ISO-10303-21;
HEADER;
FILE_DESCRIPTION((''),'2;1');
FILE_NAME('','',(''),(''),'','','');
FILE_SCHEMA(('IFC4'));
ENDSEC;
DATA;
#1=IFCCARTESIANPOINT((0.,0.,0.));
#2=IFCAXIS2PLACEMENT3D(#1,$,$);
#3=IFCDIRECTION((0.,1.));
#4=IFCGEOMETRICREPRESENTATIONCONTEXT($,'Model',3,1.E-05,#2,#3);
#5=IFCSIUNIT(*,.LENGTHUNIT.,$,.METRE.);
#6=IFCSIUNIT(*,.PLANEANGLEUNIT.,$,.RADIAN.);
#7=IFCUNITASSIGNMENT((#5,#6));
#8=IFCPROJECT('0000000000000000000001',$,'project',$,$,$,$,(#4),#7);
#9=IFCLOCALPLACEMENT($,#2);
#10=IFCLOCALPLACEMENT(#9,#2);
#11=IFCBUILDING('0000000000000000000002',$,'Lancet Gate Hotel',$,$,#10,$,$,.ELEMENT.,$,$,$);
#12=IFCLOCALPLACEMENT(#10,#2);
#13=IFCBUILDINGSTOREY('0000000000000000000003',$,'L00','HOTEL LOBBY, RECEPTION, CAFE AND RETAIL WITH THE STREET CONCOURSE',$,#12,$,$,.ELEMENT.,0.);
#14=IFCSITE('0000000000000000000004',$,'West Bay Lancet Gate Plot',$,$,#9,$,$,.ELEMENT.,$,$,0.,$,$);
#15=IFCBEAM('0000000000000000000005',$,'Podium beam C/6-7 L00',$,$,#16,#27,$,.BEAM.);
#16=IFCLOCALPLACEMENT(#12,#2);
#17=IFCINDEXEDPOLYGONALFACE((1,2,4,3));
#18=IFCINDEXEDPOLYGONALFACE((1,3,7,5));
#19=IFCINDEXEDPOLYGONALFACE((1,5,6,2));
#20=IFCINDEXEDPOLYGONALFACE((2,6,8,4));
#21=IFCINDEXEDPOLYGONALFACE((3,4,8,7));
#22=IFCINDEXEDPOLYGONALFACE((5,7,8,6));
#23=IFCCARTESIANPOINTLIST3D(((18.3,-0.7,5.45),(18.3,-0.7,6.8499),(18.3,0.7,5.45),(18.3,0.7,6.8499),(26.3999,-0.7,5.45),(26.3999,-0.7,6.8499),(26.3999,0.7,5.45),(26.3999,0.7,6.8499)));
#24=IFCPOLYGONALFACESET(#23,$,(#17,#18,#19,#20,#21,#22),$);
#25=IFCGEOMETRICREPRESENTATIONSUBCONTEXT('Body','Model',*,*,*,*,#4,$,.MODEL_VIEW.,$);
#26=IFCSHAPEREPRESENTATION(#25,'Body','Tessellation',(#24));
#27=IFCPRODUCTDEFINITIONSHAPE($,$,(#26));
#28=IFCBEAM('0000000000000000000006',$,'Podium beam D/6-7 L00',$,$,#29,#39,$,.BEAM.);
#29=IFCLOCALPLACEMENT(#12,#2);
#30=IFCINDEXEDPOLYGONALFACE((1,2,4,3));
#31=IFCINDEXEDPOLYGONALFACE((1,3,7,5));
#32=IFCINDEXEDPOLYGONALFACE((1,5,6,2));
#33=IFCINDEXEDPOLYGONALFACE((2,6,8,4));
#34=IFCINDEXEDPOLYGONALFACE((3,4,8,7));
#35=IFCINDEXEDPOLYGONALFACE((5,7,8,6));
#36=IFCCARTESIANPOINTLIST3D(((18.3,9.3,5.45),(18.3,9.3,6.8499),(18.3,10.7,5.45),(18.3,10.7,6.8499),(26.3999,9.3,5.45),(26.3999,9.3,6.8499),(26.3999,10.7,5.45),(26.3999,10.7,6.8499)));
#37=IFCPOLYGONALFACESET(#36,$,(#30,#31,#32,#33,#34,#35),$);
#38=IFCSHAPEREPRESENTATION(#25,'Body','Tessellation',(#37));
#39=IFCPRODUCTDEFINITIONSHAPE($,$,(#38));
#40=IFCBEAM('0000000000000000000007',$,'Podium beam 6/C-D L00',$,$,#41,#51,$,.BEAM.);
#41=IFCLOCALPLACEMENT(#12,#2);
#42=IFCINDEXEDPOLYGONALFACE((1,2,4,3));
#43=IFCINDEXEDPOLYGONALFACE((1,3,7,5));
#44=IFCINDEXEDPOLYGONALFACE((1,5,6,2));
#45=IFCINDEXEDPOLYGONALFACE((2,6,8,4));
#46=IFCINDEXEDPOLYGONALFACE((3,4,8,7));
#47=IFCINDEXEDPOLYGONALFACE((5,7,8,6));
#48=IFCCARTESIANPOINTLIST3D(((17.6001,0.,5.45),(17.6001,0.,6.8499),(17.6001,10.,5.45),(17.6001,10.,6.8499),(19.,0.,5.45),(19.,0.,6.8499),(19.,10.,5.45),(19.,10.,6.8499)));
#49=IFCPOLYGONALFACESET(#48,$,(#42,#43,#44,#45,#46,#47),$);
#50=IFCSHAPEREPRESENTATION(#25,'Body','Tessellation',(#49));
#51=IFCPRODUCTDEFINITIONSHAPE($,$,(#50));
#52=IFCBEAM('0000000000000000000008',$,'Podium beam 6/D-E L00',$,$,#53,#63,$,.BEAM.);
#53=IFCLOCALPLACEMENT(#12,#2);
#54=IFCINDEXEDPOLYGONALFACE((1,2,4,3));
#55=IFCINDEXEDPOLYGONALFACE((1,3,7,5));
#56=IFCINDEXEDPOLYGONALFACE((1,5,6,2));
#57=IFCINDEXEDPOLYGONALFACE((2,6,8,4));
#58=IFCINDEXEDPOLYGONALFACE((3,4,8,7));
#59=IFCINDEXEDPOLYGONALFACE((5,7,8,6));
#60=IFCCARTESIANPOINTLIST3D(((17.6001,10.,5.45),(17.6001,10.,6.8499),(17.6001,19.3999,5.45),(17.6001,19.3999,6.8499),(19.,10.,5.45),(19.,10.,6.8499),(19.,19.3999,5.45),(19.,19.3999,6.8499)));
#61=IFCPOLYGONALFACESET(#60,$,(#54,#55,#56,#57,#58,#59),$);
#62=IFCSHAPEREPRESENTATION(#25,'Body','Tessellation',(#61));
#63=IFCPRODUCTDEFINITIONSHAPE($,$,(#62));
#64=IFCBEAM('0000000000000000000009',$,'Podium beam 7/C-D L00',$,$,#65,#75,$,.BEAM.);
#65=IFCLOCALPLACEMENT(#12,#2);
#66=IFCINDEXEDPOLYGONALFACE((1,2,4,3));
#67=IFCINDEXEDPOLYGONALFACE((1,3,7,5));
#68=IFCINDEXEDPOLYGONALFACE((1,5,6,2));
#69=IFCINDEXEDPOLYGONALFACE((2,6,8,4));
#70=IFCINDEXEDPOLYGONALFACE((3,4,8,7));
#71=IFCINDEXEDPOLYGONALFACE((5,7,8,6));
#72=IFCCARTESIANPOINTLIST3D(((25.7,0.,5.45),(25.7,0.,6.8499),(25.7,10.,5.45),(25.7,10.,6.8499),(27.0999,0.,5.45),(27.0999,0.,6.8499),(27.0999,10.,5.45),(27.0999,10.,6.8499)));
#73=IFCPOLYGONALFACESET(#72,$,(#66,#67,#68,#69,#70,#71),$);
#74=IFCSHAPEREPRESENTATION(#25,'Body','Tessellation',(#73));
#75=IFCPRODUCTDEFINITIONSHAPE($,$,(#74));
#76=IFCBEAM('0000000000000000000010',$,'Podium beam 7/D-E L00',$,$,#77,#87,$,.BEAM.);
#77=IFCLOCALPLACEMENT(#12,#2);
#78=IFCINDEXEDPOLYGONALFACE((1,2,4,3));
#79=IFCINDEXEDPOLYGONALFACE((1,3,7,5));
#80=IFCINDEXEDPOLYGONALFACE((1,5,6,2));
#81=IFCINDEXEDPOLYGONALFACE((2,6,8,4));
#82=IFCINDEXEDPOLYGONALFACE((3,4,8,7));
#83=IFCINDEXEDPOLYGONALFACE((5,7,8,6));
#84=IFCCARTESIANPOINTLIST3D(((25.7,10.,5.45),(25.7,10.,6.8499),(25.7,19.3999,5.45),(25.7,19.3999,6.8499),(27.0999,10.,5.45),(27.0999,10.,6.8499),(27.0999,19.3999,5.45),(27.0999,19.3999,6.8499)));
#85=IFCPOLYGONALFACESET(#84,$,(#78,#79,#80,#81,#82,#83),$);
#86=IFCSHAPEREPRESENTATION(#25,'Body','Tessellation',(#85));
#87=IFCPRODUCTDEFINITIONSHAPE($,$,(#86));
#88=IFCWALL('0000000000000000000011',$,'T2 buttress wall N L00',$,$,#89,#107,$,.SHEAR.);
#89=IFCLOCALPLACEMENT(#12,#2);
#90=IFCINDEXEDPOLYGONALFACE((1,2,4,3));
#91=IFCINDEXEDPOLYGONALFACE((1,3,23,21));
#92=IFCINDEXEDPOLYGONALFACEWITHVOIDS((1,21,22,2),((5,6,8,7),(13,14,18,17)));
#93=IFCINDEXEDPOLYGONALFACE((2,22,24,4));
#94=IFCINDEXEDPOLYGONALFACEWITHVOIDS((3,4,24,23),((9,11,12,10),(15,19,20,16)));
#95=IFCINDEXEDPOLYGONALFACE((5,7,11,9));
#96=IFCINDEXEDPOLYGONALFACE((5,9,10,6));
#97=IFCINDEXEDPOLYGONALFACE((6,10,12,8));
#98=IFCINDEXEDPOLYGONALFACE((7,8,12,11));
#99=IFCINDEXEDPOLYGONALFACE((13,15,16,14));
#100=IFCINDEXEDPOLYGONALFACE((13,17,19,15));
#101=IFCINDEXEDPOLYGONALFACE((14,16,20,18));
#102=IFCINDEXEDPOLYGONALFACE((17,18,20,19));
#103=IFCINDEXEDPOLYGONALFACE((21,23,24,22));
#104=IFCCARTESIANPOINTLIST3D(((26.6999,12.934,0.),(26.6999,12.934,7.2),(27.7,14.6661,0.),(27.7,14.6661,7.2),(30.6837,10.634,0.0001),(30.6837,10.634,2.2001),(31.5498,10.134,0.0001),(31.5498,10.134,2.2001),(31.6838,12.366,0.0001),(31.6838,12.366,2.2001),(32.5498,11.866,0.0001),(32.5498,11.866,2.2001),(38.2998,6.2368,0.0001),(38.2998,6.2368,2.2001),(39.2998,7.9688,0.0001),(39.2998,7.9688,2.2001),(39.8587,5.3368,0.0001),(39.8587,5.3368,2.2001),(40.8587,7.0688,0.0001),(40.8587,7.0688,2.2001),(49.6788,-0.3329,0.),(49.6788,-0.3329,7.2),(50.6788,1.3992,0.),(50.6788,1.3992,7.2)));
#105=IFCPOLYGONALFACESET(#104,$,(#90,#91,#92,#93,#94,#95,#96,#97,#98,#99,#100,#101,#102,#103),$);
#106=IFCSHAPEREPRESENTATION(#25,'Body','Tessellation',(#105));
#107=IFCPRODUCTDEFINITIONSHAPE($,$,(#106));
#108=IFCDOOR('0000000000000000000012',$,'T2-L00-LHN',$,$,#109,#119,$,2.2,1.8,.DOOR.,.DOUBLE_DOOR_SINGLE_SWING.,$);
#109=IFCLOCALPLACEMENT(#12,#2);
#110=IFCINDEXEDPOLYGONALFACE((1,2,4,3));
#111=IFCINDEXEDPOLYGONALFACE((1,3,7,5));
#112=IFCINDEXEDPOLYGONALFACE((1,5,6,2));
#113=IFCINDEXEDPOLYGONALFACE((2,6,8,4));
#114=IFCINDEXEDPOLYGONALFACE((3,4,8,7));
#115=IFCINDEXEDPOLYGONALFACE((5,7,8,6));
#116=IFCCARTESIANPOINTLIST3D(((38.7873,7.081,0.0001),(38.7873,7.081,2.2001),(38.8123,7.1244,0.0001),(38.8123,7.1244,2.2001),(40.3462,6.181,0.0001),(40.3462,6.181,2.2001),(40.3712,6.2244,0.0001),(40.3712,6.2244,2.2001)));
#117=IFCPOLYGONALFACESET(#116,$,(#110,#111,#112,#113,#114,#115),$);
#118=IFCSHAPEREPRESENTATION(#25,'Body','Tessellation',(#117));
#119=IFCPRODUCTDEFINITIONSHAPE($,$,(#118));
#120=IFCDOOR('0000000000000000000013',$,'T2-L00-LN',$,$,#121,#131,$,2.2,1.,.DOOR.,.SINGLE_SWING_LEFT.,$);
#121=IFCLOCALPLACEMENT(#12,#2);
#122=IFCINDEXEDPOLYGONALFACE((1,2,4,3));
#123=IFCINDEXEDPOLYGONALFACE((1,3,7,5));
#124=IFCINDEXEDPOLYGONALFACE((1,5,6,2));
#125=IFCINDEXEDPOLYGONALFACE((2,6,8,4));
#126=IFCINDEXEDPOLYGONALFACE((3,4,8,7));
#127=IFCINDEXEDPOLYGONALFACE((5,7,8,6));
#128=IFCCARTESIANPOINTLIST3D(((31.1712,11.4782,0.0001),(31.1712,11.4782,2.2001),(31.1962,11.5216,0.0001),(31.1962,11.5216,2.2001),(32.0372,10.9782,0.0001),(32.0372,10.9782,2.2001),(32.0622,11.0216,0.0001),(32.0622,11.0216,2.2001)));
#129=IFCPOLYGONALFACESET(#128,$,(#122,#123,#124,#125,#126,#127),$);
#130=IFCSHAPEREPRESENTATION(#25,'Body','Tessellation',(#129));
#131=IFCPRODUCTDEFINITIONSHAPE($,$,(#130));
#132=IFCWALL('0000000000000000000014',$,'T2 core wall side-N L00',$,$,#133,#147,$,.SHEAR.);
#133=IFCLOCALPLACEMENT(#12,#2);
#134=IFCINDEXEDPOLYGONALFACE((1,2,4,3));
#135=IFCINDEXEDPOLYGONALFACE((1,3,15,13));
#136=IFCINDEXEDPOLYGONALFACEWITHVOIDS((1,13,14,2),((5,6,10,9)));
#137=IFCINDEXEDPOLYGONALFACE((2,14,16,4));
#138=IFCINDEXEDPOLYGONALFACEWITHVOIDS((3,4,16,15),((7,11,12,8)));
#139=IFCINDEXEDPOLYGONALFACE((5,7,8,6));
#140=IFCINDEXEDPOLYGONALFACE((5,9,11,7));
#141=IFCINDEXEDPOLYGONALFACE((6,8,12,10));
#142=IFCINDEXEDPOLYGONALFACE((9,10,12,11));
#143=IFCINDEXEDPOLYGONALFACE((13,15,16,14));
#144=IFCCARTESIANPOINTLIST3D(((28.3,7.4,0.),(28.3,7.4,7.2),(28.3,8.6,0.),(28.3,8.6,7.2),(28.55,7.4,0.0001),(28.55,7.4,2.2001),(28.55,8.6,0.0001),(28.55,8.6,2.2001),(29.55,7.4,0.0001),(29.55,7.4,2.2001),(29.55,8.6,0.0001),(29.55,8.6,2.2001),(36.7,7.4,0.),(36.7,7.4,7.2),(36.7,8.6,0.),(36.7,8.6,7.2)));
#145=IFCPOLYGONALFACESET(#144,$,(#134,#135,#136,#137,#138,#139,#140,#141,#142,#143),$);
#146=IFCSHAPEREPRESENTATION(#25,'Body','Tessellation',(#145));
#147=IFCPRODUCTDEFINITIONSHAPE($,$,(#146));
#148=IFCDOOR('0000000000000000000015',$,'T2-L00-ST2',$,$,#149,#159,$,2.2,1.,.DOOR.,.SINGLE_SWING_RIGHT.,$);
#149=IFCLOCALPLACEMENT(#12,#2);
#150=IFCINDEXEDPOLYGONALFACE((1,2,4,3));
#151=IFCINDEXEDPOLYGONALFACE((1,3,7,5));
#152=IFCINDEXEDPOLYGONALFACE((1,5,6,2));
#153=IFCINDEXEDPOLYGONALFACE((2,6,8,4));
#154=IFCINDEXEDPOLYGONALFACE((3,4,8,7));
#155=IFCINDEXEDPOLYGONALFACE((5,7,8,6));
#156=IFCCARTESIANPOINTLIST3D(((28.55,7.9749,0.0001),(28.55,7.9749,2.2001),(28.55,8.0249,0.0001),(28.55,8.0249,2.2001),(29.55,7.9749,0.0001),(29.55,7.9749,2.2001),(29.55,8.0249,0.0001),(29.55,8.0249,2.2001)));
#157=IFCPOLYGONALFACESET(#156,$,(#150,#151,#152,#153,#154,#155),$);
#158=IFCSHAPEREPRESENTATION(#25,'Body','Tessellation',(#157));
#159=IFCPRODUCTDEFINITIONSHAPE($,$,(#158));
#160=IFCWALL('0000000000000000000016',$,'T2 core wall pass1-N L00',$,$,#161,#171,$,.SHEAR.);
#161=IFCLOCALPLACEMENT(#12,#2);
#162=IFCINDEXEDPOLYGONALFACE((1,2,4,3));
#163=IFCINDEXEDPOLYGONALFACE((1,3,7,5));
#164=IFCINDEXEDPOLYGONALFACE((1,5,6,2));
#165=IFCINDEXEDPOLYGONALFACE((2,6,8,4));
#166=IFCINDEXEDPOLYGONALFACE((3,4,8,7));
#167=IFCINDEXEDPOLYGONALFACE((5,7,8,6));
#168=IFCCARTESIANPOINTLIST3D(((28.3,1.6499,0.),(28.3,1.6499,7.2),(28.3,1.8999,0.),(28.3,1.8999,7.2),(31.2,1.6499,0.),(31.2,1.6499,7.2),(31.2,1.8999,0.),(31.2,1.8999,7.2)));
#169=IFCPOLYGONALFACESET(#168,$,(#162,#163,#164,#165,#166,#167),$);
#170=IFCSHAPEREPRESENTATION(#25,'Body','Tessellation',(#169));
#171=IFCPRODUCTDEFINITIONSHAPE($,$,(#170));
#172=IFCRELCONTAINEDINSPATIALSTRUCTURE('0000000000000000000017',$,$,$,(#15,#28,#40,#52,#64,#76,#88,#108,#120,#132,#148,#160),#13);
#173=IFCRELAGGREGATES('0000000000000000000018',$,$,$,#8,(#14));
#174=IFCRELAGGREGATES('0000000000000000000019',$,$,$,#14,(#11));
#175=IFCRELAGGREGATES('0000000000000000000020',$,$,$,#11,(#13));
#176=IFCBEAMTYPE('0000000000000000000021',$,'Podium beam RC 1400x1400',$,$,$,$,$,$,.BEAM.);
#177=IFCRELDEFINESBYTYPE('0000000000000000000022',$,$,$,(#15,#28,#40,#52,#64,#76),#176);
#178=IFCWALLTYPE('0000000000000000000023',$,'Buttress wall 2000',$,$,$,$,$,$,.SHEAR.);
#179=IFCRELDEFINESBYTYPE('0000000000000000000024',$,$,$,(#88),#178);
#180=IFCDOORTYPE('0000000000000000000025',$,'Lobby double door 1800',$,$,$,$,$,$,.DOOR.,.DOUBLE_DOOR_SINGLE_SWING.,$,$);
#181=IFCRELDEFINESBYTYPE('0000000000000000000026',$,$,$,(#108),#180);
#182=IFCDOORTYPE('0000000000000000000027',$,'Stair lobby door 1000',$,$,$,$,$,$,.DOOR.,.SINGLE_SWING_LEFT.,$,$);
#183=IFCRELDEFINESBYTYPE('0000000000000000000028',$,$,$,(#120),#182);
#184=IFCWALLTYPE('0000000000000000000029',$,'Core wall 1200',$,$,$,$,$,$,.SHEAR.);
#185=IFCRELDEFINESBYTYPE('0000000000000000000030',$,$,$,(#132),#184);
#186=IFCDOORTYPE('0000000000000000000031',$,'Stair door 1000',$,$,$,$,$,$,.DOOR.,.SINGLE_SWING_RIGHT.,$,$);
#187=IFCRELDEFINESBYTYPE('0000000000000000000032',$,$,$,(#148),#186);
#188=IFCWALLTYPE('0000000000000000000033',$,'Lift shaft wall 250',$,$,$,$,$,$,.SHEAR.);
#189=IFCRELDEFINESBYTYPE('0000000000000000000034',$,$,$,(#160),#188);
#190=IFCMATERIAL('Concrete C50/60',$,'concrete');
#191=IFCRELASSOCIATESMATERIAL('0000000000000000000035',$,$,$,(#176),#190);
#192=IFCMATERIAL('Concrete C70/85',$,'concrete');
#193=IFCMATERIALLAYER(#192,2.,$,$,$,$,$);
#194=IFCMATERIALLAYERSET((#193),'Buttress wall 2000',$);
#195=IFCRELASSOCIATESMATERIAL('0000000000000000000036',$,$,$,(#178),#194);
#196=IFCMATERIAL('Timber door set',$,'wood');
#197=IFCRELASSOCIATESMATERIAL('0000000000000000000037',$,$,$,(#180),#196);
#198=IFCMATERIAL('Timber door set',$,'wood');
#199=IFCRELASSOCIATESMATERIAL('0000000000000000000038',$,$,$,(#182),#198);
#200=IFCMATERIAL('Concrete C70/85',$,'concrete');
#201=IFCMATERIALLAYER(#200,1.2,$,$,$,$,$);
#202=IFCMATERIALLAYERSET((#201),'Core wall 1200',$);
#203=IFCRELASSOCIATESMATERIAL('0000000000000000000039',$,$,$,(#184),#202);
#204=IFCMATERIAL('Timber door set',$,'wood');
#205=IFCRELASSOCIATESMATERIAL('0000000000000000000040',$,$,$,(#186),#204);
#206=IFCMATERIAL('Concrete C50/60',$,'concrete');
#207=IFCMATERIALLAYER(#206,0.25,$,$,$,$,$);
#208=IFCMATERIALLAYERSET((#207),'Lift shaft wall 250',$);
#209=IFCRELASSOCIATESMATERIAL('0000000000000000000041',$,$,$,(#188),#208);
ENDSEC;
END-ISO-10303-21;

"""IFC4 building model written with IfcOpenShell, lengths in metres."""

from ifc_helpers import new_model, si_unit, direction, frame, frame_2d, origin, origin_2d, place, context, subcontext, project, spatial, rectangle, extrude, material, layer, layer_set, material_profile, profile_set, type_object, element, fill, save


model = new_model("IFC4")

# Units and contexts
model_context = context("Model", 3, precision=1e-05, world=origin(), true_north=direction((0.0, 1.0)))
body_context = subcontext(model_context, "Body", "Model", "MODEL_VIEW")
ifc_project = project(units=[si_unit("LENGTHUNIT", "METRE"), si_unit("PLANEANGLEUNIT", "RADIAN")], contexts=[model_context])

# Site, building, storey
site_placement = place(None, origin())
site = spatial("IfcSite", under=ifc_project, at=site_placement, Name="West Bay Lancet Gate Plot", CompositionType="ELEMENT", RefElevation=0.0)
building_placement = place(site_placement, origin())
building = spatial("IfcBuilding", under=site, at=building_placement, Name="Lancet Gate Hotel", CompositionType="ELEMENT")
storey_placement = place(building_placement, origin())
storey = spatial("IfcBuildingStorey", under=building, at=storey_placement, Name="L00", Description="HOTEL LOBBY, RECEPTION, CAFE AND RETAIL WITH THE STREET CONCOURSE", CompositionType="ELEMENT", Elevation=0.0)

# Beams
ifc_material_1 = material(Name="Concrete C50/60", Category="concrete")
ifc_material_profile_1 = material_profile(ifc_material_1, rectangle(XDim=1.3999, YDim=1.3999, at=origin_2d()), Name="RC 1400x1400")
ifc_profile_set_1 = profile_set([ifc_material_profile_1], Name="Concrete C50/60")
beam_type_1 = type_object("IfcBeamType", Name="Podium beam RC 1400x1400", PredefinedType="BEAM", material=ifc_profile_set_1)
for number, where, z_axis, x_axis, name in (
    (1, (18.3, 0.0, 6.1499), (1.0, 0.0, 0.0), (0.0, 1.0, 0.0), "Podium beam C/6-7 L00"),
    (2, (18.3, 10.0, 6.1499), (1.0, 0.0, 0.0), (0.0, 1.0, 0.0), "Podium beam D/6-7 L00"),
):
    element("IfcBeam", number, at=place(storey_placement, frame(where, z_axis=z_axis, x_axis=x_axis)), inside=storey, type_object=beam_type_1, Name=name, PredefinedType="BEAM", context=body_context, shape_type="SweptSolid", body=[
        extrude(rectangle(XDim=1.3999, YDim=1.3999, at=origin_2d()), origin(), (0.0, 0.0, 1.0), 8.0999),
    ])
beam_1_placement = place(storey_placement, frame((18.3, 0.0, 6.1499), z_axis=(0.0, 1.0, 0.0), x_axis=(-1.0, 0.0, 0.0)))
element("IfcBeam", 3, at=beam_1_placement, inside=storey, type_object=beam_type_1, Name="Podium beam 6/C-D L00", PredefinedType="BEAM", context=body_context, shape_type="SweptSolid", body=[
    extrude(rectangle(XDim=1.3999, YDim=1.3999, at=origin_2d()), origin(), (0.0, 0.0, 1.0), 10.0),
])
beam_2_placement = place(storey_placement, frame((18.3, 10.0, 6.1499), z_axis=(0.0, 1.0, 0.0), x_axis=(-1.0, 0.0, 0.0)))
element("IfcBeam", 4, at=beam_2_placement, inside=storey, type_object=beam_type_1, Name="Podium beam 6/D-E L00", PredefinedType="BEAM", context=body_context, shape_type="SweptSolid", body=[
    extrude(rectangle(XDim=1.3999, YDim=1.3999, at=origin_2d()), origin(), (0.0, 0.0, 1.0), 9.3999),
])
beam_3_placement = place(storey_placement, frame((26.3999, 0.0, 6.1499), z_axis=(0.0, 1.0, 0.0), x_axis=(-1.0, 0.0, 0.0)))
element("IfcBeam", 5, at=beam_3_placement, inside=storey, type_object=beam_type_1, Name="Podium beam 7/C-D L00", PredefinedType="BEAM", context=body_context, shape_type="SweptSolid", body=[
    extrude(rectangle(XDim=1.3999, YDim=1.3999, at=origin_2d()), origin(), (0.0, 0.0, 1.0), 10.0),
])
beam_4_placement = place(storey_placement, frame((26.3999, 10.0, 6.1499), z_axis=(0.0, 1.0, 0.0), x_axis=(-1.0, 0.0, 0.0)))
element("IfcBeam", 6, at=beam_4_placement, inside=storey, type_object=beam_type_1, Name="Podium beam 7/D-E L00", PredefinedType="BEAM", context=body_context, shape_type="SweptSolid", body=[
    extrude(rectangle(XDim=1.3999, YDim=1.3999, at=origin_2d()), origin(), (0.0, 0.0, 1.0), 9.3999),
])

# Wall, openings, doors
ifc_material_2 = material(Name="Concrete C70/85", Category="concrete")
ifc_layer_1 = layer(ifc_material_2, 2.0)
ifc_layer_set_1 = layer_set([ifc_layer_1], Name="Buttress wall 2000")
wall_type_1 = type_object("IfcWallType", Name="Buttress wall 2000", PredefinedType="SHEAR", material=ifc_layer_set_1)
wall_1_placement = place(storey_placement, frame((27.2, 13.8, 0.0), z_axis=(0.0, 0.0, 1.0), x_axis=(0.866025, -0.500001, 0.0)))
wall_1 = element("IfcWall", 7, at=wall_1_placement, inside=storey, type_object=wall_type_1, Name="T2 buttress wall N L00", PredefinedType="SHEAR", context=body_context, shape_type="SweptSolid", body=[
    extrude(rectangle(XDim=26.5337, YDim=2.0, at=frame_2d((13.2668, 0.0))), origin(), (0.0, 0.0, 1.0), 7.2),
])
opening_1_placement = place(wall_1_placement, frame((4.6001, 0.0, 0.0)))
opening_1 = element("IfcOpeningElement", 8, at=opening_1_placement, cuts=wall_1, PredefinedType="OPENING", context=body_context, shape_type="SweptSolid", body=[
    extrude(rectangle(XDim=1.0, YDim=2.2, at=frame_2d((0.5, 1.1001))), frame((0.0, 1.01, 0.0), z_axis=(0.0, -1.0, 0.0), x_axis=(1.0, 0.0, 0.0)), (0.0, 0.0, 1.0), 2.02),
])
opening_2_placement = place(wall_1_placement, frame((13.3945, 0.0, 0.0)))
opening_2 = element("IfcOpeningElement", 9, at=opening_2_placement, cuts=wall_1, PredefinedType="OPENING", context=body_context, shape_type="SweptSolid", body=[
    extrude(rectangle(XDim=1.8, YDim=2.2, at=frame_2d((0.8999, 1.1001))), frame((0.0, 1.01, 0.0), z_axis=(0.0, -1.0, 0.0), x_axis=(1.0, 0.0, 0.0)), (0.0, 0.0, 1.0), 2.02),
])
ifc_material_3 = material(Name="Timber door set", Category="wood")
door_type_1 = type_object("IfcDoorType", Name="Lobby double door 1800", OperationType="DOUBLE_DOOR_SINGLE_SWING", PredefinedType="DOOR", material=ifc_material_3)
door_1_placement = place(opening_2_placement, origin())
door_1 = element("IfcDoor", 10, at=door_1_placement, inside=storey, type_object=door_type_1, Name="T2-L00-LHN", OperationType="DOUBLE_DOOR_SINGLE_SWING", OverallHeight=2.2, OverallWidth=1.8, PredefinedType="DOOR", context=body_context, shape_type="SweptSolid", body=[
    extrude(rectangle(XDim=1.8, YDim=2.2, at=frame_2d((0.8999, 1.1001))), frame((0.0, 0.0249, 0.0), z_axis=(0.0, -1.0, 0.0), x_axis=(1.0, 0.0, 0.0)), (0.0, 0.0, 1.0), 0.05),
])
fill(opening_2, door_1)
ifc_material_4 = material(Name="Timber door set", Category="wood")
door_type_2 = type_object("IfcDoorType", Name="Stair lobby door 1000", OperationType="SINGLE_SWING_LEFT", PredefinedType="DOOR", material=ifc_material_4)
door_2_placement = place(opening_1_placement, origin())
door_2 = element("IfcDoor", 11, at=door_2_placement, inside=storey, type_object=door_type_2, Name="T2-L00-LN", OperationType="SINGLE_SWING_LEFT", OverallHeight=2.2, OverallWidth=1.0, PredefinedType="DOOR", context=body_context, shape_type="SweptSolid", body=[
    extrude(rectangle(XDim=1.0, YDim=2.2, at=frame_2d((0.5, 1.1001))), frame((0.0, 0.0249, 0.0), z_axis=(0.0, -1.0, 0.0), x_axis=(1.0, 0.0, 0.0)), (0.0, 0.0, 1.0), 0.05),
])
fill(opening_1, door_2)

# Wall, opening, door
ifc_material_5 = material(Name="Concrete C70/85", Category="concrete")
ifc_layer_2 = layer(ifc_material_5, 1.2)
ifc_layer_set_2 = layer_set([ifc_layer_2], Name="Core wall 1200")
wall_type_2 = type_object("IfcWallType", Name="Core wall 1200", PredefinedType="SHEAR", material=ifc_layer_set_2)
wall_2_placement = place(storey_placement, frame((28.3, 8.0, 0.0), z_axis=(0.0, 0.0, 1.0), x_axis=(1.0, 0.0, 0.0)))
wall_2 = element("IfcWall", 12, at=wall_2_placement, inside=storey, type_object=wall_type_2, Name="T2 core wall side-N L00", PredefinedType="SHEAR", context=body_context, shape_type="SweptSolid", body=[
    extrude(rectangle(XDim=8.3999, YDim=1.2, at=frame_2d((4.2, 0.0))), origin(), (0.0, 0.0, 1.0), 7.2),
])
opening_3_placement = place(wall_2_placement, frame((0.25, 0.0, 0.0)))
opening_3 = element("IfcOpeningElement", 13, at=opening_3_placement, cuts=wall_2, PredefinedType="OPENING", context=body_context, shape_type="SweptSolid", body=[
    extrude(rectangle(XDim=1.0, YDim=2.2, at=frame_2d((0.5, 1.1001))), frame((0.0, 0.6099, 0.0), z_axis=(0.0, -1.0, 0.0), x_axis=(1.0, 0.0, 0.0)), (0.0, 0.0, 1.0), 1.22),
])
ifc_material_6 = material(Name="Timber door set", Category="wood")
door_type_3 = type_object("IfcDoorType", Name="Stair door 1000", OperationType="SINGLE_SWING_RIGHT", PredefinedType="DOOR", material=ifc_material_6)
door_3_placement = place(opening_3_placement, origin())
door_3 = element("IfcDoor", 14, at=door_3_placement, inside=storey, type_object=door_type_3, Name="T2-L00-ST2", OperationType="SINGLE_SWING_RIGHT", OverallHeight=2.2, OverallWidth=1.0, PredefinedType="DOOR", context=body_context, shape_type="SweptSolid", body=[
    extrude(rectangle(XDim=1.0, YDim=2.2, at=frame_2d((0.5, 1.1001))), frame((0.0, 0.0249, 0.0), z_axis=(0.0, -1.0, 0.0), x_axis=(1.0, 0.0, 0.0)), (0.0, 0.0, 1.0), 0.05),
])
fill(opening_3, door_3)

# Wall
ifc_material_7 = material(Name="Concrete C50/60", Category="concrete")
ifc_layer_3 = layer(ifc_material_7, 0.25)
ifc_layer_set_3 = layer_set([ifc_layer_3], Name="Lift shaft wall 250")
wall_type_3 = type_object("IfcWallType", Name="Lift shaft wall 250", PredefinedType="SHEAR", material=ifc_layer_set_3)
wall_3_placement = place(storey_placement, frame((28.3, 1.7749, 0.0), z_axis=(0.0, 0.0, 1.0), x_axis=(1.0, 0.0, 0.0)))
element("IfcWall", 15, at=wall_3_placement, inside=storey, type_object=wall_type_3, Name="T2 core wall pass1-N L00", PredefinedType="SHEAR", context=body_context, shape_type="SweptSolid", body=[
    extrude(rectangle(XDim=2.8999, YDim=0.25, at=frame_2d((1.45, 0.0))), origin(), (0.0, 0.0, 1.0), 7.2),
])

save(model, "model.ifc")
